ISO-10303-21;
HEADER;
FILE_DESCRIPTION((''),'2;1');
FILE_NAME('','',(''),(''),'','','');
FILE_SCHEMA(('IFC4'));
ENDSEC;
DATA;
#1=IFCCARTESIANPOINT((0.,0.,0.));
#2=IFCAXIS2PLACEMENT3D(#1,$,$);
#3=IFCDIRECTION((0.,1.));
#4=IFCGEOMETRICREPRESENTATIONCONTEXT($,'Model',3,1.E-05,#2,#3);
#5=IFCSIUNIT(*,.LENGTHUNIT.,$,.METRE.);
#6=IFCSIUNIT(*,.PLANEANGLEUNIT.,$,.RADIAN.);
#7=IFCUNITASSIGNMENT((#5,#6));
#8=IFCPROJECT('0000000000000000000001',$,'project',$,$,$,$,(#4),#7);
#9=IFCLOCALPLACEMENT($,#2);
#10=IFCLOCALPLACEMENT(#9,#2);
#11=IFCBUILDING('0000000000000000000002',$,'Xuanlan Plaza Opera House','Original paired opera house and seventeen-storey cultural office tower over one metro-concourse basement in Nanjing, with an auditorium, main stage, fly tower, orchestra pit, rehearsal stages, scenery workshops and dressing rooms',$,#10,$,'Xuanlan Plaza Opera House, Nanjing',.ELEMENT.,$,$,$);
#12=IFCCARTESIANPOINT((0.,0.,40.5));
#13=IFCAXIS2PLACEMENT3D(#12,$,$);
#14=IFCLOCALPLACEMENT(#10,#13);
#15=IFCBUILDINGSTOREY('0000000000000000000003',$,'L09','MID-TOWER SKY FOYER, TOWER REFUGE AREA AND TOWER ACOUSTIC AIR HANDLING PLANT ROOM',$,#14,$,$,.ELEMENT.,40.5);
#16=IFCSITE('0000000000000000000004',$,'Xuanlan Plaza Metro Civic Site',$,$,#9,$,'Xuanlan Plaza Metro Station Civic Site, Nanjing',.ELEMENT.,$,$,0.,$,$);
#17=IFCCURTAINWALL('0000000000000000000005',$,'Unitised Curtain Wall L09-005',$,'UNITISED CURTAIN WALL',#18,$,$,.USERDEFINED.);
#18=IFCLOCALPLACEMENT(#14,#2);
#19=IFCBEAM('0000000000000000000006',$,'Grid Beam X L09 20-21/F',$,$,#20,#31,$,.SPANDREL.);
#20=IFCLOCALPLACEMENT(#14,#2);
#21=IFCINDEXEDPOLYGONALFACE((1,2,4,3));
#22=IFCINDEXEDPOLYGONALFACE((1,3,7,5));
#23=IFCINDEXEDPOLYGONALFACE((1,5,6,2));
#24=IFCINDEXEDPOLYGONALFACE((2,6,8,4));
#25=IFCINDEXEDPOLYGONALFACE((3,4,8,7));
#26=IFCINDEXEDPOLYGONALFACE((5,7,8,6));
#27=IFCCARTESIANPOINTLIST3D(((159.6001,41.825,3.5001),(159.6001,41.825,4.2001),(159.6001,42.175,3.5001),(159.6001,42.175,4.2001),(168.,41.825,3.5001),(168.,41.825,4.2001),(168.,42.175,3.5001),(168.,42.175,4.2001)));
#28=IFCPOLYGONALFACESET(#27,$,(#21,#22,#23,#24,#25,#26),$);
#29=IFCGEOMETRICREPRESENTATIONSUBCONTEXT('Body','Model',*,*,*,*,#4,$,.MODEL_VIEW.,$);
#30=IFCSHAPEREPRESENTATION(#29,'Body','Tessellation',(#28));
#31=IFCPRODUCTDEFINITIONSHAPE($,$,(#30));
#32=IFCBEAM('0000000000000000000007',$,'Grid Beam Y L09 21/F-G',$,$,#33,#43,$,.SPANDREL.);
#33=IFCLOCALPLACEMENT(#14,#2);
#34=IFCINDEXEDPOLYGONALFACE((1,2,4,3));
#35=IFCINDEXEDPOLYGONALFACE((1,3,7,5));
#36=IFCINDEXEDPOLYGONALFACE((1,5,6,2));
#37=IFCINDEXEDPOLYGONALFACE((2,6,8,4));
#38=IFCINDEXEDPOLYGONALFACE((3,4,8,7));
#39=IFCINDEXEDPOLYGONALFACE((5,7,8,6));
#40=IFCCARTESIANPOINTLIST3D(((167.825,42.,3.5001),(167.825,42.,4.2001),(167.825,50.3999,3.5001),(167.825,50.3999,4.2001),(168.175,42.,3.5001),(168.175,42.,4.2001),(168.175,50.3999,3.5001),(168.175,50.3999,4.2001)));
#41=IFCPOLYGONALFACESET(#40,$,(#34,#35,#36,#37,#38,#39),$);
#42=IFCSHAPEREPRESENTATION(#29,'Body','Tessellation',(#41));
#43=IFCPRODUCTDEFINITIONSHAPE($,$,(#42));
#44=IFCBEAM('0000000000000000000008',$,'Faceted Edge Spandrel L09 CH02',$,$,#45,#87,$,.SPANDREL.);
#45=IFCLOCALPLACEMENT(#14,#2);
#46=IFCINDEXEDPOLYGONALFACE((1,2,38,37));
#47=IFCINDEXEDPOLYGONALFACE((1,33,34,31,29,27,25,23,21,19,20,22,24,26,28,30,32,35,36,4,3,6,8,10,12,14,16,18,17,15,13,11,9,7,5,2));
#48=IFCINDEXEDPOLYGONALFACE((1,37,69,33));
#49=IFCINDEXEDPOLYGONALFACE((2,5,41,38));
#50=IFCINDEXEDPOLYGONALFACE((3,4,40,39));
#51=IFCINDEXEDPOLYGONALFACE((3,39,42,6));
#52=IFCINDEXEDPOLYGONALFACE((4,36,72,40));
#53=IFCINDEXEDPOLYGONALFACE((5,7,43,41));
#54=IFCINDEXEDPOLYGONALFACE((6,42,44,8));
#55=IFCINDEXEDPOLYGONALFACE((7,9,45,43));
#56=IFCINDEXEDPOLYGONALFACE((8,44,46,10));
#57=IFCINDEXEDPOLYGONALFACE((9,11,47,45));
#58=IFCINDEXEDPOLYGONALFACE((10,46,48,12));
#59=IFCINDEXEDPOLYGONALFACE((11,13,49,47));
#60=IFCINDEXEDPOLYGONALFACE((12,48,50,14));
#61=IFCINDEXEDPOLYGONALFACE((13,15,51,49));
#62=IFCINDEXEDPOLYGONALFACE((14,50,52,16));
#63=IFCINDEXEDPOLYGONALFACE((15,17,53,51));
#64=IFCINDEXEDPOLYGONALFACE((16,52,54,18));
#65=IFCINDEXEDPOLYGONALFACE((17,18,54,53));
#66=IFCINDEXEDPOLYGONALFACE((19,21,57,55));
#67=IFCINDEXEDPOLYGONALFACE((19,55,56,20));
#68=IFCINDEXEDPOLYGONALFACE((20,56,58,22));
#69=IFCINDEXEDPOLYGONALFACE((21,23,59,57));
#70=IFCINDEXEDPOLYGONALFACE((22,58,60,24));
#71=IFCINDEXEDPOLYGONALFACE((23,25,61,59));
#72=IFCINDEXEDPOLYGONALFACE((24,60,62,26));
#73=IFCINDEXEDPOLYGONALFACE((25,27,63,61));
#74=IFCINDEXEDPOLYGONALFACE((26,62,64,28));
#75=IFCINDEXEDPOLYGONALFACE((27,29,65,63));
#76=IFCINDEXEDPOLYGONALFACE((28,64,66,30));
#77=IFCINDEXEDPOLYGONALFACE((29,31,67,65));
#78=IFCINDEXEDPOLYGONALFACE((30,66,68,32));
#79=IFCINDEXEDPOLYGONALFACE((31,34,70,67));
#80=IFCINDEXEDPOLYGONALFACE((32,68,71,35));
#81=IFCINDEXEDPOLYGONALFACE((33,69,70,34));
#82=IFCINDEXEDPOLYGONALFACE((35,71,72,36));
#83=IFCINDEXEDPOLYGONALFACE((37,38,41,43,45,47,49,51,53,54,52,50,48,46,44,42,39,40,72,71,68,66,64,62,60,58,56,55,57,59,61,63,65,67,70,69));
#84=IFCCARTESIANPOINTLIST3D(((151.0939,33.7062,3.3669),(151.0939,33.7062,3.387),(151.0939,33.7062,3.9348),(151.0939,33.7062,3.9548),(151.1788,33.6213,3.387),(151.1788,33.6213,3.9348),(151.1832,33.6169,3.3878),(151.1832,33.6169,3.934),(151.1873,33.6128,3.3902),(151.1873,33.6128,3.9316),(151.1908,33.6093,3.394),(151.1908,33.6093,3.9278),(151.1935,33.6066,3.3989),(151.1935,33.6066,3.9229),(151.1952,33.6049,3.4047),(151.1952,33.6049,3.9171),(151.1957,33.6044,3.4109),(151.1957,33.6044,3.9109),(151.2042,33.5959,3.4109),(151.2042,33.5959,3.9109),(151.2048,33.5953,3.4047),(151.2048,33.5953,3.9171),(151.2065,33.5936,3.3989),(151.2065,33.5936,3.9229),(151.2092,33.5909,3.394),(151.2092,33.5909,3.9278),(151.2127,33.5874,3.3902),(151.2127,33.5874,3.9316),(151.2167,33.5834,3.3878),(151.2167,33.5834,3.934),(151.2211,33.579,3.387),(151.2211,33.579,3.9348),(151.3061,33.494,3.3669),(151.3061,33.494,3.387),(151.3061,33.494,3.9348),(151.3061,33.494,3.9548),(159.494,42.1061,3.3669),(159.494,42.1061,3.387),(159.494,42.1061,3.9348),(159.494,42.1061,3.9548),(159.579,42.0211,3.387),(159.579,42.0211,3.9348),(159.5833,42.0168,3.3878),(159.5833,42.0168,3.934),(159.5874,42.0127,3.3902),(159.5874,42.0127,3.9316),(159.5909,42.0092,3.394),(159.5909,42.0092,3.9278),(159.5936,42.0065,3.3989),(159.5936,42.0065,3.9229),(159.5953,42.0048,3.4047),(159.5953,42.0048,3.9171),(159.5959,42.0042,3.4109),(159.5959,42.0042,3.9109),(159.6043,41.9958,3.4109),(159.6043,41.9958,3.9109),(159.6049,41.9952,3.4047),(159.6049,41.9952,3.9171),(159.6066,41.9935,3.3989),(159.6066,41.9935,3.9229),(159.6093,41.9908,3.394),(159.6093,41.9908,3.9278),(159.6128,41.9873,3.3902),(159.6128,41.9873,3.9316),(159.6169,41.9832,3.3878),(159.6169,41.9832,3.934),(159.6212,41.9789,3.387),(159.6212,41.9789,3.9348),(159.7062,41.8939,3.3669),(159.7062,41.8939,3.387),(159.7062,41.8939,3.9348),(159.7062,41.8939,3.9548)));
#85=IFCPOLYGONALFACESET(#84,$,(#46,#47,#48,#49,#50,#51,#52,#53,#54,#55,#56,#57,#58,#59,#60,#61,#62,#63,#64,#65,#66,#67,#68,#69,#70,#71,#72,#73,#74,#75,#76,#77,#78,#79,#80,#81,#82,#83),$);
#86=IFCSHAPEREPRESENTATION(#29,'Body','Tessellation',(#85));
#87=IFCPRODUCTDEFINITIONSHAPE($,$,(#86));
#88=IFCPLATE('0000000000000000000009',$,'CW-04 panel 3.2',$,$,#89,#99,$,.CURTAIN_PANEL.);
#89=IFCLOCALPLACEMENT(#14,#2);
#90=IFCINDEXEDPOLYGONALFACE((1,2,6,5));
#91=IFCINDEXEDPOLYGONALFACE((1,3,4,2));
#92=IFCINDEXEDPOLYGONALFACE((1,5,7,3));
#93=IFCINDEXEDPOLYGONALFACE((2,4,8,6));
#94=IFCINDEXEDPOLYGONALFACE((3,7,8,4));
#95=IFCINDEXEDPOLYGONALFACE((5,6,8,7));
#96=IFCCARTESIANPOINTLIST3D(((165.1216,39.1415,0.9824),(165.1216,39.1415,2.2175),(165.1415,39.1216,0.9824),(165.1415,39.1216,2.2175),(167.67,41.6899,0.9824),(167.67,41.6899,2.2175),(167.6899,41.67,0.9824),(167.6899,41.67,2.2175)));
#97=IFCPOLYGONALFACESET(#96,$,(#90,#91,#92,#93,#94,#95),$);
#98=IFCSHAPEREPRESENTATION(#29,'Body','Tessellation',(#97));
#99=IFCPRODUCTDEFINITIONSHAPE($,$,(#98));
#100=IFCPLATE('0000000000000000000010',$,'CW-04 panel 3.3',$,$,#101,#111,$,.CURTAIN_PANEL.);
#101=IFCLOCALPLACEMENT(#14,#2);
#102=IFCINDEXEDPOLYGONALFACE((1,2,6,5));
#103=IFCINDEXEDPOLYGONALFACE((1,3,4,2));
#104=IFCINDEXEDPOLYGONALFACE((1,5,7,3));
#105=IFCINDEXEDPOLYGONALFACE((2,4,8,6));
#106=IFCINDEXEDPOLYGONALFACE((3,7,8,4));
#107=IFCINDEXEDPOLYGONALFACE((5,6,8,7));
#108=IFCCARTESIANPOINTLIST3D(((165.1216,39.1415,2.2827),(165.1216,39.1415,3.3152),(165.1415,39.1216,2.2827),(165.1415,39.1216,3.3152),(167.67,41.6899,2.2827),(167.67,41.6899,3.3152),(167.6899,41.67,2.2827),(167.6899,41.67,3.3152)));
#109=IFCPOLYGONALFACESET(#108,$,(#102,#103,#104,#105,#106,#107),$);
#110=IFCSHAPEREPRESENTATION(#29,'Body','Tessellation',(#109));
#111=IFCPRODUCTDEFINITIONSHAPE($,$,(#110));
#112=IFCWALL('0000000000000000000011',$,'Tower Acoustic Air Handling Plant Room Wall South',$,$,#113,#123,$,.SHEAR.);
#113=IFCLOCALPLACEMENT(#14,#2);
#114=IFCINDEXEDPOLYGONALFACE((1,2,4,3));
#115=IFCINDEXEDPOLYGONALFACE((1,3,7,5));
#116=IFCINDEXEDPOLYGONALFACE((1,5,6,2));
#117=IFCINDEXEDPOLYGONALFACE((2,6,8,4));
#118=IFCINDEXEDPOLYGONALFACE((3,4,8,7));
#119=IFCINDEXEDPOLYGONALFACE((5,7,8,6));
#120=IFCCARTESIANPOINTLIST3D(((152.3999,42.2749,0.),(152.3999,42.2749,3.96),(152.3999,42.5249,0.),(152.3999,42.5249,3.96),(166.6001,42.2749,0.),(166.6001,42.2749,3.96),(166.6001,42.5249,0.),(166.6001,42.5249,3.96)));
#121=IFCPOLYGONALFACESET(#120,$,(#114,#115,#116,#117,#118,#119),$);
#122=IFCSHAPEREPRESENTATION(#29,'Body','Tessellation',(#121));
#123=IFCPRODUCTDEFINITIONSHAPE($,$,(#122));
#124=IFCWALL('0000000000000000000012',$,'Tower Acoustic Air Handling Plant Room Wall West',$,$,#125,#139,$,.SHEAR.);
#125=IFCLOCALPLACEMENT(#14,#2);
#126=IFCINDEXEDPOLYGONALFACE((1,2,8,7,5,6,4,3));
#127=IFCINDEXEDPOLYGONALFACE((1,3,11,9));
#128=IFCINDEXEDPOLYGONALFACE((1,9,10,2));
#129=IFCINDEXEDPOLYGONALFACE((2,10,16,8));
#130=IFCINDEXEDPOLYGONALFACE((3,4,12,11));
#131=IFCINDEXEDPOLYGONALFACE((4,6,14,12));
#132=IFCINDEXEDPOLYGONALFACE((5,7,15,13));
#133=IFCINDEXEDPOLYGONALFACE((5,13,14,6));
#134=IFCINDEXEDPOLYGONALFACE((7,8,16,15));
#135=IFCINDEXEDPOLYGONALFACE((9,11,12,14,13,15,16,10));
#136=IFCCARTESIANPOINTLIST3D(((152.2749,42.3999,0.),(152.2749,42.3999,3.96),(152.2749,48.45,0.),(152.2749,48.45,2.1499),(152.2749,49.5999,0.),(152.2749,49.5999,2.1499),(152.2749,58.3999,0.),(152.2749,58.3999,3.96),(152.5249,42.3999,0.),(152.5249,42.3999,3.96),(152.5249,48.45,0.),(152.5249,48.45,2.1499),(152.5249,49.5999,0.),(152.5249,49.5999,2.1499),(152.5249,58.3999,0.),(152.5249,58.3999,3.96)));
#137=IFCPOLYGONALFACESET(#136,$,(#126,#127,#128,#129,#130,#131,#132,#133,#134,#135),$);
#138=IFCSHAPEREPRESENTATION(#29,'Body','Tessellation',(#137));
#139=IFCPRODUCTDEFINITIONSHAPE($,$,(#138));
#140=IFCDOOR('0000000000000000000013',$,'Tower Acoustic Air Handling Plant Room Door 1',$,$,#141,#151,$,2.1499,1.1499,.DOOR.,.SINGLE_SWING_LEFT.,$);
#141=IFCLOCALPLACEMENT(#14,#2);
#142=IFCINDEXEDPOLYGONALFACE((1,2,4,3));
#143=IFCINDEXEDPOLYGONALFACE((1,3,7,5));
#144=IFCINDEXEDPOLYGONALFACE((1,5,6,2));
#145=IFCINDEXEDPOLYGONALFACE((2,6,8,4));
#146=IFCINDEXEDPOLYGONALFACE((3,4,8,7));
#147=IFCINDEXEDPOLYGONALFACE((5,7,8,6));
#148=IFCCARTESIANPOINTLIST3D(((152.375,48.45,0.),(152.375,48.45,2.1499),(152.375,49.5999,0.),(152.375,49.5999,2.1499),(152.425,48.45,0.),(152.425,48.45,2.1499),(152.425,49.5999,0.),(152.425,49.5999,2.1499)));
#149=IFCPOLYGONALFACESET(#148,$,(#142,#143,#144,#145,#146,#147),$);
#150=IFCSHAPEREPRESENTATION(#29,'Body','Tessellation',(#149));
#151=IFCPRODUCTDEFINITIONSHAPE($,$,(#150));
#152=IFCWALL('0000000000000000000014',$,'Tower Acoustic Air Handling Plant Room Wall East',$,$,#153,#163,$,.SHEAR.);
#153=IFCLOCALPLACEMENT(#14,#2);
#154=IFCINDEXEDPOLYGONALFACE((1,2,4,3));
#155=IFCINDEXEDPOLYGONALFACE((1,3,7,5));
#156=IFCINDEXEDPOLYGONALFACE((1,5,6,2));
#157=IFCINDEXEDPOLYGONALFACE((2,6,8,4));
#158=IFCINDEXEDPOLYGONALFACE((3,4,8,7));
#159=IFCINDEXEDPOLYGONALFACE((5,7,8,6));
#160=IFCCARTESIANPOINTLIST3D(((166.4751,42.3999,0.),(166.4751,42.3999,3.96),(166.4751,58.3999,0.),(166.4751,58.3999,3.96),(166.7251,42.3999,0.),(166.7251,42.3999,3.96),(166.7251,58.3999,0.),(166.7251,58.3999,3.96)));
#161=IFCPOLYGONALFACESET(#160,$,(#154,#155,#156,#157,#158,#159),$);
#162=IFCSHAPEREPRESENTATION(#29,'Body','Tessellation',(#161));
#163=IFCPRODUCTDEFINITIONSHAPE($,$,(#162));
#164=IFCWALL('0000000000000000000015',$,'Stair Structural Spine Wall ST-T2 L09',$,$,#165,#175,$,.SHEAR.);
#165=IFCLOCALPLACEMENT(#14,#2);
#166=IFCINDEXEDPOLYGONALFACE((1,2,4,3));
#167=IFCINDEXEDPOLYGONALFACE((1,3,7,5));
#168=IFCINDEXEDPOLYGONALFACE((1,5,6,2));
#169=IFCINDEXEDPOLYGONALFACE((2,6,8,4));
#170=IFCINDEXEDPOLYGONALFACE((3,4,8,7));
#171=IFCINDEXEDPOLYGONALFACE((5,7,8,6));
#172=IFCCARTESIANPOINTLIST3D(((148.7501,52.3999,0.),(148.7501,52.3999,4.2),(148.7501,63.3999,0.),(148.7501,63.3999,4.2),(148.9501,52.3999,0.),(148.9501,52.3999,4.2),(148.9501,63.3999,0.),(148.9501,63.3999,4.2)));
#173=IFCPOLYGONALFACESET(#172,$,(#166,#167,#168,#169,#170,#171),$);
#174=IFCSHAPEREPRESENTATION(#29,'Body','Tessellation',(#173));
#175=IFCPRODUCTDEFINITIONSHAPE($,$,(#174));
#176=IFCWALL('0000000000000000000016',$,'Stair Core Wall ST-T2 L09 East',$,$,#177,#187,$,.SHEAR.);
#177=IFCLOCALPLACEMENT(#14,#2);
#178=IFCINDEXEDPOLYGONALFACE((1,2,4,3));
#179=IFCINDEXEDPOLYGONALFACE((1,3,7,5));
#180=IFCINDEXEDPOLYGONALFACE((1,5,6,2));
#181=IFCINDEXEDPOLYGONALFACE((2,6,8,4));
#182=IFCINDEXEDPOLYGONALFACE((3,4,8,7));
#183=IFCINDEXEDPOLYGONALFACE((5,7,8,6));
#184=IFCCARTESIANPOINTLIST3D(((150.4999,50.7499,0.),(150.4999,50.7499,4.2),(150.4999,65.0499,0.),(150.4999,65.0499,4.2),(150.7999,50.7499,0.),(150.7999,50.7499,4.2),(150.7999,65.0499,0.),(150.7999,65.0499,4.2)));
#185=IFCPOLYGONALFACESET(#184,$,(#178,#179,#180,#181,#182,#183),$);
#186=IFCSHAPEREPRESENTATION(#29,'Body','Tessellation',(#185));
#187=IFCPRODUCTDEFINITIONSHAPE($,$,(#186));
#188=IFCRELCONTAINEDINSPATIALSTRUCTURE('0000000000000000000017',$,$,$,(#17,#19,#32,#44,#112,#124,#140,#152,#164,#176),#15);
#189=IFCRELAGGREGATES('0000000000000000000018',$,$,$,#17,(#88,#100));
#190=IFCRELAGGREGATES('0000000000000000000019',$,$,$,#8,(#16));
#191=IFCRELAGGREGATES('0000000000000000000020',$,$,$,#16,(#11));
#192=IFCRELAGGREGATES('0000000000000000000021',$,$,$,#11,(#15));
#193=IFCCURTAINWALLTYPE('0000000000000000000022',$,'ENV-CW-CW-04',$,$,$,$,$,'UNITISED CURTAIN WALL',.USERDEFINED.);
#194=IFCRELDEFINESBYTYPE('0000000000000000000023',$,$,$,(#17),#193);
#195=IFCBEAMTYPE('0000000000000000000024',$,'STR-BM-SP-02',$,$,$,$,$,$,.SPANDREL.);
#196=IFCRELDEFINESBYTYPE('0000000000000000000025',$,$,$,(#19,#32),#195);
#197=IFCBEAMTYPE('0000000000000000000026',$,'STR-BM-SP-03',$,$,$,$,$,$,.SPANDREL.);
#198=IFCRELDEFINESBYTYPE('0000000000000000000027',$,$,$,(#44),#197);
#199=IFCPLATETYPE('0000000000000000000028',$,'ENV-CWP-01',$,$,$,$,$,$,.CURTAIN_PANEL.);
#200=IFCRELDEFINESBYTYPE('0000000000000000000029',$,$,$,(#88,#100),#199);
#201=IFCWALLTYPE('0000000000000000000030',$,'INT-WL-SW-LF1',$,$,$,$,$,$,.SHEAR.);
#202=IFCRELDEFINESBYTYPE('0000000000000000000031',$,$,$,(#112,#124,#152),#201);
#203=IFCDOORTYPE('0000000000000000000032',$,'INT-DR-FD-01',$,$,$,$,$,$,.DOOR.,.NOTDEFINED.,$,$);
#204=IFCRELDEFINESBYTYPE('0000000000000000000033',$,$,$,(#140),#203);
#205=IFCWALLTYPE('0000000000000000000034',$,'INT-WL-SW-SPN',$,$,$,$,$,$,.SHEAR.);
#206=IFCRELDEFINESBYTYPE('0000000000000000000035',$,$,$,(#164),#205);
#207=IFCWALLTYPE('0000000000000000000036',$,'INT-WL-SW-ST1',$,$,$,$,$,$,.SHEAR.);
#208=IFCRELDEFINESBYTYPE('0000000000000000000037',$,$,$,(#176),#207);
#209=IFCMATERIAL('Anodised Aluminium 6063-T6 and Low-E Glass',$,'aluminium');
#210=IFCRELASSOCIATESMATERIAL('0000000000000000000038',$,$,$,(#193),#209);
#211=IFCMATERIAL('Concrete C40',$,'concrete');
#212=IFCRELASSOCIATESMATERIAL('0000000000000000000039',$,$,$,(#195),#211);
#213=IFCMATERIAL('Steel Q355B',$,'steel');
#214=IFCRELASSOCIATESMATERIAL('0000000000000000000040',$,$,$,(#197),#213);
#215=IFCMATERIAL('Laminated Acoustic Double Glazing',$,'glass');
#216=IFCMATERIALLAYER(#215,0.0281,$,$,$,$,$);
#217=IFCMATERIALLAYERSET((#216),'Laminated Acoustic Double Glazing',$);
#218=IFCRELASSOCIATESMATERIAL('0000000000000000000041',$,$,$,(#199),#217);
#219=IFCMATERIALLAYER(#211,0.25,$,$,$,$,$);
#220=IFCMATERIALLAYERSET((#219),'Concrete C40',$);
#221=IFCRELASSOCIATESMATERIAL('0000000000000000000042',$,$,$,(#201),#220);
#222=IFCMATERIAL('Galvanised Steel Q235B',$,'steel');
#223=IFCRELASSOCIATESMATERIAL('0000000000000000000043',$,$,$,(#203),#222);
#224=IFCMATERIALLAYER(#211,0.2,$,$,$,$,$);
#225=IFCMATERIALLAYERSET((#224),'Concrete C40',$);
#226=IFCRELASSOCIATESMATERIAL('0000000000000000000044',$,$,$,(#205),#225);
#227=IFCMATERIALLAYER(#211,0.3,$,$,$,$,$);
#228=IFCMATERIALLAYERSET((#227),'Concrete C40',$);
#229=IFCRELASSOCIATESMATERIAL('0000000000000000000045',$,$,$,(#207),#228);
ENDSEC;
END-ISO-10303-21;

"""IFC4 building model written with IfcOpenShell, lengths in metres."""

from ifc_helpers import new_model, si_unit, direction, frame, frame_2d, origin, origin_2d, place, context, subcontext, project, spatial, rectangle, i_section, extrude, material, layer, layer_set, material_profile, profile_set, type_object, element, fill, aggregate, save


model = new_model("IFC4")

# Units and contexts
model_context = context("Model", 3, precision=1e-05, world=origin(), true_north=direction((0.0, 1.0)))
body_context = subcontext(model_context, "Body", "Model", "MODEL_VIEW")
ifc_project = project(units=[si_unit("LENGTHUNIT", "METRE"), si_unit("PLANEANGLEUNIT", "RADIAN")], contexts=[model_context])

# Site, building, storey
site_placement = place(None, origin())
site = spatial("IfcSite", under=ifc_project, at=site_placement, Name="Xuanlan Plaza Metro Civic Site", LongName="Xuanlan Plaza Metro Station Civic Site, Nanjing", CompositionType="ELEMENT", RefElevation=0.0)
building_placement = place(site_placement, origin())
building = spatial("IfcBuilding", under=site, at=building_placement, Name="Xuanlan Plaza Opera House", Description="Original paired opera house and seventeen-storey cultural office tower over one metro-concourse basement in Nanjing, with an auditorium, main stage, fly tower, orchestra pit, rehearsal stages, scenery workshops and dressing rooms", LongName="Xuanlan Plaza Opera House, Nanjing", CompositionType="ELEMENT")
storey_placement = place(building_placement, frame((0.0, 0.0, 40.5)))
storey = spatial("IfcBuildingStorey", under=building, at=storey_placement, Name="L09", Description="MID-TOWER SKY FOYER, TOWER REFUGE AREA AND TOWER ACOUSTIC AIR HANDLING PLANT ROOM", CompositionType="ELEMENT", Elevation=40.5)

# Shared definitions
ifc_material_1 = material(Name="Steel Q355B", Category="steel")

# Curtain wall
ifc_material_2 = material(Name="Anodised Aluminium 6063-T6 and Low-E Glass", Category="aluminium")
curtain_wall_type_1 = type_object("IfcCurtainWallType", Name="ENV-CW-CW-04", ElementType="UNITISED CURTAIN WALL", PredefinedType="USERDEFINED", material=ifc_material_2)
curtain_wall_1_placement = place(storey_placement, origin())
curtain_wall_1 = element("IfcCurtainWall", 1, at=curtain_wall_1_placement, inside=storey, type_object=curtain_wall_type_1, Name="Unitised Curtain Wall L09-005", ObjectType="UNITISED CURTAIN WALL", PredefinedType="USERDEFINED")

# Beams
ifc_material_3 = material(Name="Concrete C40", Category="concrete")
ifc_material_profile_1 = material_profile(ifc_material_3, rectangle(XDim=0.3501, YDim=0.7, at=origin_2d()), Name="RC-SPD 350x700")
ifc_profile_set_1 = profile_set([ifc_material_profile_1], Name="Concrete C40")
beam_type_1 = type_object("IfcBeamType", Name="STR-BM-SP-02", PredefinedType="SPANDREL", material=ifc_profile_set_1)
for number, where, z_axis, x_axis, name in (
    (2, (159.6001, 42.0, 3.8501), (1.0, 0.0, 0.0), (0.0, 1.0, 0.0), "Grid Beam X L09 20-21/F"),
    (3, (168.0, 42.0, 3.8501), (0.0, 1.0, 0.0), (-1.0, 0.0, 0.0), "Grid Beam Y L09 21/F-G"),
):
    element("IfcBeam", number, at=place(storey_placement, frame(where, z_axis=z_axis, x_axis=x_axis)), inside=storey, type_object=beam_type_1, Name=name, PredefinedType="SPANDREL", context=body_context, shape_type="SweptSolid", body=[
        extrude(rectangle(XDim=0.3501, YDim=0.7, at=origin_2d()), origin(), (0.0, 0.0, 1.0), 8.3999),
    ])
ifc_material_profile_2 = material_profile(ifc_material_1, i_section(OverallWidth=0.3, OverallDepth=0.5879, WebThickness=0.012, FlangeThickness=0.02, FilletRadius=0.0239, at=origin_2d()), Name="HM 588x300x12x20")
ifc_profile_set_2 = profile_set([ifc_material_profile_2], Name="Steel Q355B")
beam_type_2 = type_object("IfcBeamType", Name="STR-BM-SP-03", PredefinedType="SPANDREL", material=ifc_profile_set_2)
beam_1_placement = place(storey_placement, frame((159.6001, 42.0, 3.6609), z_axis=(-0.707117, -0.707097, 0.0), x_axis=(0.707097, -0.707117, 0.0)))
element("IfcBeam", 4, at=beam_1_placement, inside=storey, type_object=beam_type_2, Name="Faceted Edge Spandrel L09 CH02", PredefinedType="SPANDREL", context=body_context, shape_type="SweptSolid", body=[
    extrude(i_section(OverallWidth=0.3, OverallDepth=0.5879, WebThickness=0.012, FlangeThickness=0.02, FilletRadius=0.0239, at=origin_2d()), origin(), (0.0, 0.0, 1.0), 11.8794),
])

# Plates
ifc_material_4 = material(Name="Laminated Acoustic Double Glazing", Category="glass")
ifc_layer_1 = layer(ifc_material_4, 0.0281)
ifc_layer_set_1 = layer_set([ifc_layer_1], Name="Laminated Acoustic Double Glazing")
plate_type = type_object("IfcPlateType", Name="ENV-CWP-01", PredefinedType="CURTAIN_PANEL", material=ifc_layer_set_1)
plate_1_placement = place(storey_placement, frame((166.4058, 40.4058, 0.9824), z_axis=(0.0, 0.0, 1.0), x_axis=(0.707107, 0.707107, 0.0)))
plate_1 = element("IfcPlate", 5, at=plate_1_placement, type_object=plate_type, Name="CW-04 panel 3.2", PredefinedType="CURTAIN_PANEL", context=body_context, shape_type="SweptSolid", body=[
    extrude(rectangle(XDim=3.604, YDim=0.0281, at=origin_2d()), origin(), (0.0, 0.0, 1.0), 1.2351),
])
plate_2_placement = place(storey_placement, frame((166.4058, 40.4058, 2.2827), z_axis=(0.0, 0.0, 1.0), x_axis=(0.707107, 0.707107, 0.0)))
plate_2 = element("IfcPlate", 6, at=plate_2_placement, type_object=plate_type, Name="CW-04 panel 3.3", PredefinedType="CURTAIN_PANEL", context=body_context, shape_type="SweptSolid", body=[
    extrude(rectangle(XDim=3.604, YDim=0.0281, at=origin_2d()), origin(), (0.0, 0.0, 1.0), 1.0325),
])
aggregate(curtain_wall_1, [plate_1, plate_2])

# Wall
ifc_layer_2 = layer(ifc_material_3, 0.25)
ifc_layer_set_2 = layer_set([ifc_layer_2], Name="Concrete C40")
wall_type_1 = type_object("IfcWallType", Name="INT-WL-SW-LF1", PredefinedType="SHEAR", material=ifc_layer_set_2)
wall_1_placement = place(storey_placement, frame((152.3999, 42.3999, 0.0), z_axis=(0.0, 0.0, 1.0), x_axis=(1.0, 0.0, 0.0)))
element("IfcWall", 7, at=wall_1_placement, inside=storey, type_object=wall_type_1, Name="Tower Acoustic Air Handling Plant Room Wall South", PredefinedType="SHEAR", context=body_context, shape_type="SweptSolid", body=[
    extrude(rectangle(XDim=14.2002, YDim=0.25, at=frame_2d((7.1001, 0.0))), origin(), (0.0, 0.0, 1.0), 3.96),
])

# Wall, opening, door
wall_2_placement = place(storey_placement, frame((152.3999, 42.3999, 0.0), z_axis=(0.0, 0.0, 1.0), x_axis=(0.0, 1.0, 0.0)))
wall_2 = element("IfcWall", 8, at=wall_2_placement, inside=storey, type_object=wall_type_1, Name="Tower Acoustic Air Handling Plant Room Wall West", PredefinedType="SHEAR", context=body_context, shape_type="SweptSolid", body=[
    extrude(rectangle(XDim=16.0, YDim=0.25, at=frame_2d((8.0, 0.0))), origin(), (0.0, 0.0, 1.0), 3.96),
])
opening_placement = place(wall_2_placement, frame((6.05, 0.0, 0.0)))
opening = element("IfcOpeningElement", 9, at=opening_placement, cuts=wall_2, PredefinedType="OPENING", context=body_context, shape_type="SweptSolid", body=[
    extrude(rectangle(XDim=1.1499, YDim=2.1499, at=frame_2d((0.575, 1.075))), frame((0.0, 0.135, 0.0), z_axis=(0.0, -1.0, 0.0), x_axis=(1.0, 0.0, 0.0)), (0.0, 0.0, 1.0), 0.27),
])
ifc_material_5 = material(Name="Galvanised Steel Q235B", Category="steel")
door_type = type_object("IfcDoorType", Name="INT-DR-FD-01", OperationType="NOTDEFINED", PredefinedType="DOOR", material=ifc_material_5)
door_placement = place(opening_placement, origin())
door = element("IfcDoor", 10, at=door_placement, inside=storey, type_object=door_type, Name="Tower Acoustic Air Handling Plant Room Door 1", OperationType="SINGLE_SWING_LEFT", OverallHeight=2.1499, OverallWidth=1.1499, PredefinedType="DOOR", context=body_context, shape_type="SweptSolid", body=[
    extrude(rectangle(XDim=1.1499, YDim=2.1499, at=frame_2d((0.575, 1.075))), frame((0.0, 0.0249, 0.0), z_axis=(0.0, -1.0, 0.0), x_axis=(1.0, 0.0, 0.0)), (0.0, 0.0, 1.0), 0.05),
])
fill(opening, door)

# Walls
wall_3_placement = place(storey_placement, frame((166.6001, 42.3999, 0.0), z_axis=(0.0, 0.0, 1.0), x_axis=(0.0, 1.0, 0.0)))
element("IfcWall", 11, at=wall_3_placement, inside=storey, type_object=wall_type_1, Name="Tower Acoustic Air Handling Plant Room Wall East", PredefinedType="SHEAR", context=body_context, shape_type="SweptSolid", body=[
    extrude(rectangle(XDim=16.0, YDim=0.25, at=frame_2d((8.0, 0.0))), origin(), (0.0, 0.0, 1.0), 3.96),
])
ifc_layer_3 = layer(ifc_material_3, 0.2)
ifc_layer_set_3 = layer_set([ifc_layer_3], Name="Concrete C40")
wall_type_2 = type_object("IfcWallType", Name="INT-WL-SW-SPN", PredefinedType="SHEAR", material=ifc_layer_set_3)
wall_4_placement = place(storey_placement, frame((148.8501, 52.3999, 0.0), z_axis=(0.0, 0.0, 1.0), x_axis=(0.0, 1.0, 0.0)))
element("IfcWall", 12, at=wall_4_placement, inside=storey, type_object=wall_type_2, Name="Stair Structural Spine Wall ST-T2 L09", PredefinedType="SHEAR", context=body_context, shape_type="SweptSolid", body=[
    extrude(rectangle(XDim=11.0, YDim=0.2, at=frame_2d((5.5, 0.0))), origin(), (0.0, 0.0, 1.0), 4.2),
])
ifc_layer_4 = layer(ifc_material_3, 0.3)
ifc_layer_set_4 = layer_set([ifc_layer_4], Name="Concrete C40")
wall_type_3 = type_object("IfcWallType", Name="INT-WL-SW-ST1", PredefinedType="SHEAR", material=ifc_layer_set_4)
wall_5_placement = place(storey_placement, frame((150.6499, 50.75, 0.0), z_axis=(0.0, 0.0, 1.0), x_axis=(0.0, 1.0, 0.0)))
element("IfcWall", 13, at=wall_5_placement, inside=storey, type_object=wall_type_3, Name="Stair Core Wall ST-T2 L09 East", PredefinedType="SHEAR", context=body_context, shape_type="SweptSolid", body=[
    extrude(rectangle(XDim=14.3, YDim=0.3, at=frame_2d((7.1499, 0.0))), origin(), (0.0, 0.0, 1.0), 4.2),
])

save(model, "model.ifc")
